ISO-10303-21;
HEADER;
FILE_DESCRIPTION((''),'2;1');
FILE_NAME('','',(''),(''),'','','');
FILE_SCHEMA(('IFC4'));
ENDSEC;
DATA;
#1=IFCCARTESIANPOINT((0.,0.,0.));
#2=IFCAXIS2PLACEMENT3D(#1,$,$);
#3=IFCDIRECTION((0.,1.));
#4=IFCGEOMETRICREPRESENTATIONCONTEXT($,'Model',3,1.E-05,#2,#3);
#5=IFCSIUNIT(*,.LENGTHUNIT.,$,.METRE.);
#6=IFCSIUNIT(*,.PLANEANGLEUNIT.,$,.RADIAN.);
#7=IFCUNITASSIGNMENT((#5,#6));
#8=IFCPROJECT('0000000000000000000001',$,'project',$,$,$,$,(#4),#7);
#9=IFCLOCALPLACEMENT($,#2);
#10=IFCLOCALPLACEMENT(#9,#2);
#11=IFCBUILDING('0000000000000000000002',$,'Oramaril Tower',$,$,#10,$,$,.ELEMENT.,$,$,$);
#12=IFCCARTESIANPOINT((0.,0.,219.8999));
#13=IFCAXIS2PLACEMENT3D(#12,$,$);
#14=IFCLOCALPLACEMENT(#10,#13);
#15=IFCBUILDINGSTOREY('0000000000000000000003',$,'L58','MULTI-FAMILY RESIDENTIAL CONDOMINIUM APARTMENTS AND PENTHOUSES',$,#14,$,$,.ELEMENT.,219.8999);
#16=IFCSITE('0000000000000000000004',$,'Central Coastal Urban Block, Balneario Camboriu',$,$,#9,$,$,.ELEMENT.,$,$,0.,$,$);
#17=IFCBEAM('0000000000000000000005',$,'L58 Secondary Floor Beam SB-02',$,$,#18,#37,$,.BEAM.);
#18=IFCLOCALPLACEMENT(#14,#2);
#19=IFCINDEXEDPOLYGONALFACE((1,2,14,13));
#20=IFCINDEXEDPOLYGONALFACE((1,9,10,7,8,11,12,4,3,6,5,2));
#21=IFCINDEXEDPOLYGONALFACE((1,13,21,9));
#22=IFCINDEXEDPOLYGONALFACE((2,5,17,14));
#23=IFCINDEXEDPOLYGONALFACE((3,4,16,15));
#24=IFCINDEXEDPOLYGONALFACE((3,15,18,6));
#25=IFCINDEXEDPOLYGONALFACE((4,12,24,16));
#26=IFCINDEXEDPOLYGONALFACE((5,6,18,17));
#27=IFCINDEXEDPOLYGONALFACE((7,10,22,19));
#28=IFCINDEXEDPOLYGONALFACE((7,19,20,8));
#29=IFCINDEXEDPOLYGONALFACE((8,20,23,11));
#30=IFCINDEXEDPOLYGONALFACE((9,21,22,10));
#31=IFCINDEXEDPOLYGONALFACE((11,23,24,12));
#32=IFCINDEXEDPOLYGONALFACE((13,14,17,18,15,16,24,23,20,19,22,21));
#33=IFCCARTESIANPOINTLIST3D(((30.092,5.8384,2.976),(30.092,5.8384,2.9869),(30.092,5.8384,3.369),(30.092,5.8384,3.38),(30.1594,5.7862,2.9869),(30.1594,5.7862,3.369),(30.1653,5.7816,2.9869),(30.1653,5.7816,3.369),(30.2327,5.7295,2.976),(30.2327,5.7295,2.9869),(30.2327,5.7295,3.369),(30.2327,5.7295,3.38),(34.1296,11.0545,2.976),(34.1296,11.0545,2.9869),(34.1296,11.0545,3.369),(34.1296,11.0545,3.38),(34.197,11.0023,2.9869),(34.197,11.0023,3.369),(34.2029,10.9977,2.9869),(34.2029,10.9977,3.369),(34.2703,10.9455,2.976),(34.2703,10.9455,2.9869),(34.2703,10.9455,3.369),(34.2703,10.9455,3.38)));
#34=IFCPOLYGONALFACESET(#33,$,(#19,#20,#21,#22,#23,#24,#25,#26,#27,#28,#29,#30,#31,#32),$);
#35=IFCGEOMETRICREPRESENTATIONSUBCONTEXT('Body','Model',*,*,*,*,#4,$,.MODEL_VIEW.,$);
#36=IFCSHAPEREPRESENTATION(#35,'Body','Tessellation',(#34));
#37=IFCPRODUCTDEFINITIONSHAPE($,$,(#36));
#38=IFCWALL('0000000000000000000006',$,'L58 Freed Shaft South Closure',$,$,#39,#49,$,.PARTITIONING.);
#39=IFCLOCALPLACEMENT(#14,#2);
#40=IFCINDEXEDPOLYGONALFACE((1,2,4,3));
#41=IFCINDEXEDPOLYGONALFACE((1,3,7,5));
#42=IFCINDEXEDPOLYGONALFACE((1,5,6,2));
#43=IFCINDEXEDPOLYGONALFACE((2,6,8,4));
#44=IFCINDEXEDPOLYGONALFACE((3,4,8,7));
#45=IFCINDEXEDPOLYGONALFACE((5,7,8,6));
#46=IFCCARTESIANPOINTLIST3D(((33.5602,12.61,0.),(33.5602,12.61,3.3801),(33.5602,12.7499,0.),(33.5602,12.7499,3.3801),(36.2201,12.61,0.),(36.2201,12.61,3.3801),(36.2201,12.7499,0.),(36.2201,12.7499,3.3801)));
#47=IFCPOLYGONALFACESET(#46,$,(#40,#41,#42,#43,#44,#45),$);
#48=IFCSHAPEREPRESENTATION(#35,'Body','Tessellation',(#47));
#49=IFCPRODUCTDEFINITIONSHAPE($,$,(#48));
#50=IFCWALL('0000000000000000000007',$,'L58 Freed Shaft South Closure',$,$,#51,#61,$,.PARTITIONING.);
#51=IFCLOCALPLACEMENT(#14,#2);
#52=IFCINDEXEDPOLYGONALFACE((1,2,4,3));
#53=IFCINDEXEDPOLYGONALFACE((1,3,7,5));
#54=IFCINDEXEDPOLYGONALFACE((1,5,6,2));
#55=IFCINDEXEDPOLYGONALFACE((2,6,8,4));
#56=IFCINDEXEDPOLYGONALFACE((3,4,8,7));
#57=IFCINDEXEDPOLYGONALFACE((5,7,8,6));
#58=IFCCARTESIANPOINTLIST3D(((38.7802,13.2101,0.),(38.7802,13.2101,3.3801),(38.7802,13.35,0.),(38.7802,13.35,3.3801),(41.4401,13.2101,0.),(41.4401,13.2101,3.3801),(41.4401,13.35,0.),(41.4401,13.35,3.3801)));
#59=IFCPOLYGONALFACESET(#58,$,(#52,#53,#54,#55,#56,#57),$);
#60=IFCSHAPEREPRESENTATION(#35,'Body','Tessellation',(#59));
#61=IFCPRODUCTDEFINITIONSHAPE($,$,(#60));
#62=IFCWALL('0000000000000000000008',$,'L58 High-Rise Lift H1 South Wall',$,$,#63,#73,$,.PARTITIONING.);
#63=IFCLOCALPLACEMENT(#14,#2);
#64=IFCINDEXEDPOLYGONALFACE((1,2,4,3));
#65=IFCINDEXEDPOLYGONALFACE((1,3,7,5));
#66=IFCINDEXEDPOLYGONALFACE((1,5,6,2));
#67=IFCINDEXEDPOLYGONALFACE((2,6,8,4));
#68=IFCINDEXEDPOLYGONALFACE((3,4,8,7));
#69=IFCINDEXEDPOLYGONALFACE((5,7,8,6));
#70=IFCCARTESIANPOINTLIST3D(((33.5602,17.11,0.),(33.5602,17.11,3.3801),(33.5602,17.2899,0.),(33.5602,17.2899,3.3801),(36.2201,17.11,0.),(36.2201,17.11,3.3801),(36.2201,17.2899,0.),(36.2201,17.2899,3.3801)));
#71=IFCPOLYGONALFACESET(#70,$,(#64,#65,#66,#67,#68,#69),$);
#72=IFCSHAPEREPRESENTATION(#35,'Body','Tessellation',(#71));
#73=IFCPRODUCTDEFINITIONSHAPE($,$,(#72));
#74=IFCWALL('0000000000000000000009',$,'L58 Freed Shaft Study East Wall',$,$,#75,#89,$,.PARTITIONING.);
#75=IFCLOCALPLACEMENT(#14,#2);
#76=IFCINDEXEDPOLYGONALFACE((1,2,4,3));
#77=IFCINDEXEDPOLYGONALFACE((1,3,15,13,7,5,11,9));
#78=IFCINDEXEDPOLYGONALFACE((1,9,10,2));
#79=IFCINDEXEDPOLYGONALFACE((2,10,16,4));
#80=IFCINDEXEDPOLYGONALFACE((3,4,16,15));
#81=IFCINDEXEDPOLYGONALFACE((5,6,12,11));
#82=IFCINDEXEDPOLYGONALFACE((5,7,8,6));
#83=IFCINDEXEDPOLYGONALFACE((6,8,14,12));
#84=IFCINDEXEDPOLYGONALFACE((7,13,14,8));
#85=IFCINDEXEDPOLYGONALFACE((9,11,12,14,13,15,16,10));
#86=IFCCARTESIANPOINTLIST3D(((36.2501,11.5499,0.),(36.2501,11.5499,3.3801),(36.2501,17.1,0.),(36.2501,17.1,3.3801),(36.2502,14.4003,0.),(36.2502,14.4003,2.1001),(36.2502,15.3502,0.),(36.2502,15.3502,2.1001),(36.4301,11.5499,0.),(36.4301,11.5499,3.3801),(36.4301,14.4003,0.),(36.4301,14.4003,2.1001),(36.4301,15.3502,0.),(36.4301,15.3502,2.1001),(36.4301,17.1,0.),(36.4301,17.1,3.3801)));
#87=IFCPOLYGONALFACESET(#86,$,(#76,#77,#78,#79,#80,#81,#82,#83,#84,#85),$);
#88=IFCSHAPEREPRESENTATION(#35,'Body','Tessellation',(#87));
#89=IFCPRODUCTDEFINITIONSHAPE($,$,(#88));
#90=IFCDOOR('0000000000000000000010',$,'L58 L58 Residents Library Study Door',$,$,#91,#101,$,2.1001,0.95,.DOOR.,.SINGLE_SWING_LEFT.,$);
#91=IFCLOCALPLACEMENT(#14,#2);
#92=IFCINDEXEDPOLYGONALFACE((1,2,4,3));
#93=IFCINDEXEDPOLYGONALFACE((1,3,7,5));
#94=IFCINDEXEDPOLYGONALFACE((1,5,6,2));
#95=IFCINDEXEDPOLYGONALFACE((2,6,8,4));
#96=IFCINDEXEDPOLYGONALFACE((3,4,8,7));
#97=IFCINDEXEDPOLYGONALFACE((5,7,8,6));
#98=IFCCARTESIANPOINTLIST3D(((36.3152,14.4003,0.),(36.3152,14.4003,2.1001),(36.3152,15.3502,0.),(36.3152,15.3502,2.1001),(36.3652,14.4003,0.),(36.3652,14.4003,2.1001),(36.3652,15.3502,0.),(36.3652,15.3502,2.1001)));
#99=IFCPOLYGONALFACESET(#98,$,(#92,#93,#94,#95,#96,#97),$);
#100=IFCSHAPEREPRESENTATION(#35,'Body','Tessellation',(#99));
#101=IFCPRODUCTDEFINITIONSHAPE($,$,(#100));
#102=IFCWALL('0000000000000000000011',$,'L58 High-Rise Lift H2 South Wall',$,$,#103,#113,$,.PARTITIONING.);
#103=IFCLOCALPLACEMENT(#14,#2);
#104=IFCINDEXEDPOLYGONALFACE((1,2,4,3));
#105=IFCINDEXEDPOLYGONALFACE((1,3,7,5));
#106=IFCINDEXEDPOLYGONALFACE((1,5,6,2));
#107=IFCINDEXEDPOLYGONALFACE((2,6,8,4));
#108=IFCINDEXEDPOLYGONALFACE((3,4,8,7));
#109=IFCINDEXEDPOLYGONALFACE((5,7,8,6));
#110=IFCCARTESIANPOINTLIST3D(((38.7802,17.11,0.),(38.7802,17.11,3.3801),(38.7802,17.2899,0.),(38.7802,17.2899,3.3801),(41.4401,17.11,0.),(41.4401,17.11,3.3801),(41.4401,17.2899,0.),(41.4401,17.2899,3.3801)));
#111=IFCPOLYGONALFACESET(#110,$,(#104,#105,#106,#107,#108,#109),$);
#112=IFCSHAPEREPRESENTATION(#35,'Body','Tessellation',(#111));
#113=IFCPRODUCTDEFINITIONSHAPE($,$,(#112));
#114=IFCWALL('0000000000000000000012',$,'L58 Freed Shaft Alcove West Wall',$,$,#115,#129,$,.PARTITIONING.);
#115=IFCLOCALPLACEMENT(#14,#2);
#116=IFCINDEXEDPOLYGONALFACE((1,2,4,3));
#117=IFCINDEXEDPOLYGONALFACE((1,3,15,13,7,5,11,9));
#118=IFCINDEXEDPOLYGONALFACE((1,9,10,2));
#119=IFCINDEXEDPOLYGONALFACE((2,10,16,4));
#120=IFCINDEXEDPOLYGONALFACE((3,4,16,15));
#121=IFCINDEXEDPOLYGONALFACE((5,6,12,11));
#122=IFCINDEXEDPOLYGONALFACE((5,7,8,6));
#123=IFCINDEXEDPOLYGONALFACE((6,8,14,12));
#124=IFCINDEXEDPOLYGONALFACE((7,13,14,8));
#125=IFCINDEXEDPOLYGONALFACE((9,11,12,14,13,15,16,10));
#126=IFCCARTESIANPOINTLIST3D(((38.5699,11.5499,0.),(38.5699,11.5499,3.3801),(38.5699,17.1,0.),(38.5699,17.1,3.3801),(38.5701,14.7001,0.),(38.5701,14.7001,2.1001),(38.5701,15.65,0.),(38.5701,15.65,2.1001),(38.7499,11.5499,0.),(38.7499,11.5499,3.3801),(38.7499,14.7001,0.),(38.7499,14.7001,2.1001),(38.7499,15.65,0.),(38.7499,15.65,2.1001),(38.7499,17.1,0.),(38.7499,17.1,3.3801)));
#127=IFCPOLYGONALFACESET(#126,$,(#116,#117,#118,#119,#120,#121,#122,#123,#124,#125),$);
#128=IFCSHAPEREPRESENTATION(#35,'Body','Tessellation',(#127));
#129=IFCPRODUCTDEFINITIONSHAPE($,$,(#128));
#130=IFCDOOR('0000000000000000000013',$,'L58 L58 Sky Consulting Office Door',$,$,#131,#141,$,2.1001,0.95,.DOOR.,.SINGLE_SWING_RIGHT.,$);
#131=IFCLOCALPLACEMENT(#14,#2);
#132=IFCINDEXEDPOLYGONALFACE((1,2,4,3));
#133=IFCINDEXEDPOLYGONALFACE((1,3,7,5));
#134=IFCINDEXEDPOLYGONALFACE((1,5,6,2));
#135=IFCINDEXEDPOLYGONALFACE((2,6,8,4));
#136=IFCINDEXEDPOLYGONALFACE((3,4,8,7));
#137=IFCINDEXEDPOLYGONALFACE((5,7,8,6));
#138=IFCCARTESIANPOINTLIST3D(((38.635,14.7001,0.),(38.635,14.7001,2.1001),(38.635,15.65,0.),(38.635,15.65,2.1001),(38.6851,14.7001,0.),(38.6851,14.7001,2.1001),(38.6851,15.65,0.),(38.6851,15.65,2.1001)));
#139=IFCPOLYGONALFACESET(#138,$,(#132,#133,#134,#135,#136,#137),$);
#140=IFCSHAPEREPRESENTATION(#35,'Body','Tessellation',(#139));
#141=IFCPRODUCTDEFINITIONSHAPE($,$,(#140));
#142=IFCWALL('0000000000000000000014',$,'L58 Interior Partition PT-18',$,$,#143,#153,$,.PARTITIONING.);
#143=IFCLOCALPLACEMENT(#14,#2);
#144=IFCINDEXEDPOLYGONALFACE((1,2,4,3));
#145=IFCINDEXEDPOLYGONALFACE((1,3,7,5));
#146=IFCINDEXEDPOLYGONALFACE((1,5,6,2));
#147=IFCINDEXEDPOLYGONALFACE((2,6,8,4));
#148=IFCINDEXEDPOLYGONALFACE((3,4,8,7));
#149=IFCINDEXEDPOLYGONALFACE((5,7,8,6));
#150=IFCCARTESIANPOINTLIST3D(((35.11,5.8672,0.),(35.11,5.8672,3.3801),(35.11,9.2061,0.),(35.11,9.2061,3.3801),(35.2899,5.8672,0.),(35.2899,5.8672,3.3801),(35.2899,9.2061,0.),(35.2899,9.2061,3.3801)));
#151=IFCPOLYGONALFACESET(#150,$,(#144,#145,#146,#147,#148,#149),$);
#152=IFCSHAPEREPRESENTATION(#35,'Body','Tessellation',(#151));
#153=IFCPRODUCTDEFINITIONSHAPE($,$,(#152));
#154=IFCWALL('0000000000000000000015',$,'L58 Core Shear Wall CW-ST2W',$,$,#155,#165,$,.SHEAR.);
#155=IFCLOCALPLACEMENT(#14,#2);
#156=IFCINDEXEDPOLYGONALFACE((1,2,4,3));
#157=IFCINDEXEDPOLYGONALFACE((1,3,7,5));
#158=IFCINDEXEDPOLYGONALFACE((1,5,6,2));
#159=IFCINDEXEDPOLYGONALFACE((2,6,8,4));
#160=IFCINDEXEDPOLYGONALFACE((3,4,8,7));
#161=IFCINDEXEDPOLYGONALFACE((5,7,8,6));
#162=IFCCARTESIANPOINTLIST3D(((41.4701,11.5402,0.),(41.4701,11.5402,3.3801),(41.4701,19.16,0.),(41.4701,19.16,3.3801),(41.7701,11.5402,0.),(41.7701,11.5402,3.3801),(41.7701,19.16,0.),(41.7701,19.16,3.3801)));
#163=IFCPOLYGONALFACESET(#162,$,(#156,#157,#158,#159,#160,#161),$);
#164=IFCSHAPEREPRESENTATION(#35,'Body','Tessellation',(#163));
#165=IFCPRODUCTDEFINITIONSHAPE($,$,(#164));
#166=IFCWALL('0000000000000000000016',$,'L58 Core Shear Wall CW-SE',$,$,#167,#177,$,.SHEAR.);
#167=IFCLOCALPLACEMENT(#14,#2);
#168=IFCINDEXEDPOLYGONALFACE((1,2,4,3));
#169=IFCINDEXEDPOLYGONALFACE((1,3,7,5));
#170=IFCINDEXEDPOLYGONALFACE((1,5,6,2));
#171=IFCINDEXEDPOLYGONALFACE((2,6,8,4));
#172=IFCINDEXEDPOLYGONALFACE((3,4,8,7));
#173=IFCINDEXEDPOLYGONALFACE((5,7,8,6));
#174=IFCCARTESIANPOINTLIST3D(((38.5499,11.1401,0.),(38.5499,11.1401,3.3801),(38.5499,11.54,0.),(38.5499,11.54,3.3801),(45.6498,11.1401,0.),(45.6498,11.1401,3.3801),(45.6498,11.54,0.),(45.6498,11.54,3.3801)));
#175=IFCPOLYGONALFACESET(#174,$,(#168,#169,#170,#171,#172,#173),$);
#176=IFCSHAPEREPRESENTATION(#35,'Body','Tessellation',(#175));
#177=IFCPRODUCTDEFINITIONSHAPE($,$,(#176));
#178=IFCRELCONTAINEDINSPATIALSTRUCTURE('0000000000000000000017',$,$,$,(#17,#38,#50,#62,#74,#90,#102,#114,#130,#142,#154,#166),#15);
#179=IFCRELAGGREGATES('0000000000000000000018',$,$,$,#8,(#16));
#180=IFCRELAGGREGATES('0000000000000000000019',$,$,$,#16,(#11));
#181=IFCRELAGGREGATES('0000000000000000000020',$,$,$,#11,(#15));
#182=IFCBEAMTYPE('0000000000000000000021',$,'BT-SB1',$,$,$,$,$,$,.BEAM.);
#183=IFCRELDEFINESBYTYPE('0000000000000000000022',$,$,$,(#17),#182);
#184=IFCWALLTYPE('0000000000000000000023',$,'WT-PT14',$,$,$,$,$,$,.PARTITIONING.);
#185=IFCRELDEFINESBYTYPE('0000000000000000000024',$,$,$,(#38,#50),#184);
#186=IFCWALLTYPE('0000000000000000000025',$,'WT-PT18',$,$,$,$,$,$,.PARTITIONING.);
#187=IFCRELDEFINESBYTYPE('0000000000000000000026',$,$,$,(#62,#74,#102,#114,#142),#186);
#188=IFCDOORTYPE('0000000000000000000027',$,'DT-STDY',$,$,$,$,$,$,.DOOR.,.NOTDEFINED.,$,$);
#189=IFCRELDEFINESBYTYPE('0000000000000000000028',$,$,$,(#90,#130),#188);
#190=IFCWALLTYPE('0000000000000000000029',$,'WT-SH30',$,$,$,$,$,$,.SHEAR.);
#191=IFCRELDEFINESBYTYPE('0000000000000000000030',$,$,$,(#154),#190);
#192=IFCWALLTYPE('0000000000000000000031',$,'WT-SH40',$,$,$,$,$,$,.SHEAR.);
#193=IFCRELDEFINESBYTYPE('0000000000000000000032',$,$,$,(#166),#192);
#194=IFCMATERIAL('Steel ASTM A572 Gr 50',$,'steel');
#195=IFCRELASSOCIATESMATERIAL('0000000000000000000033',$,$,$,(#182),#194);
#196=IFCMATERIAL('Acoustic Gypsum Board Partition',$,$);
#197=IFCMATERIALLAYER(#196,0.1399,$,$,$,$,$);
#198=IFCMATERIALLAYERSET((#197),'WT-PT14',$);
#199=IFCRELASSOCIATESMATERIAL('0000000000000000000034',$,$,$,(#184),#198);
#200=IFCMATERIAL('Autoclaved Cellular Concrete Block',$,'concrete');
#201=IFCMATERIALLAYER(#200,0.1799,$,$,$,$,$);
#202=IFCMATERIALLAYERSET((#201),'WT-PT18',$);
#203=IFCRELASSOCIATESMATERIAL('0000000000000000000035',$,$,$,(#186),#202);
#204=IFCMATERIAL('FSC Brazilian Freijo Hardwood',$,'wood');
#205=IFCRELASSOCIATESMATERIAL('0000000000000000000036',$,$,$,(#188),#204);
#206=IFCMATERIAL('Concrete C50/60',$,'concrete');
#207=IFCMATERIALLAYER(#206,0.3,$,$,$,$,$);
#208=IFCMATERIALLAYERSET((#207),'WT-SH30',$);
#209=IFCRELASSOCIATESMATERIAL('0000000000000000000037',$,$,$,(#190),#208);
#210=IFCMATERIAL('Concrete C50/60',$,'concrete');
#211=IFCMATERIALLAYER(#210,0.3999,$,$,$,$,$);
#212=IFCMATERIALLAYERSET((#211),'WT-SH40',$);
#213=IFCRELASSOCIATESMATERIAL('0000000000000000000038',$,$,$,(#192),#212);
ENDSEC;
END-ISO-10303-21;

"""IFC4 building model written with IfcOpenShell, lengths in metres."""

from ifc_helpers import new_model, si_unit, direction, frame, frame_2d, origin, origin_2d, place, context, subcontext, project, spatial, rectangle, i_section, extrude, material, layer, layer_set, material_profile, profile_set, type_object, element, fill, save


model = new_model("IFC4")

# Units and contexts
model_context = context("Model", 3, precision=1e-05, world=origin(), true_north=direction((0.0, 1.0)))
body_context = subcontext(model_context, "Body", "Model", "MODEL_VIEW")
ifc_project = project(units=[si_unit("LENGTHUNIT", "METRE"), si_unit("PLANEANGLEUNIT", "RADIAN")], contexts=[model_context])

# Site, building, storey
site_placement = place(None, origin())
site = spatial("IfcSite", under=ifc_project, at=site_placement, Name="Central Coastal Urban Block, Balneario Camboriu", CompositionType="ELEMENT", RefElevation=0.0)
building_placement = place(site_placement, origin())
building = spatial("IfcBuilding", under=site, at=building_placement, Name="Oramaril Tower", CompositionType="ELEMENT")
storey_placement = place(building_placement, frame((0.0, 0.0, 219.8999)))
storey = spatial("IfcBuildingStorey", under=building, at=storey_placement, Name="L58", Description="MULTI-FAMILY RESIDENTIAL CONDOMINIUM APARTMENTS AND PENTHOUSES", CompositionType="ELEMENT", Elevation=219.8999)

# Beam
ifc_material_1 = material(Name="Steel ASTM A572 Gr 50", Category="steel")
ifc_material_profile = material_profile(ifc_material_1, i_section(OverallWidth=0.178, OverallDepth=0.4041, WebThickness=0.0076, FlangeThickness=0.011, at=origin_2d()), Name="W16X36")
ifc_profile_set = profile_set([ifc_material_profile], Name="Steel ASTM A572 Gr 50")
beam_type = type_object("IfcBeamType", Name="BT-SB1", PredefinedType="BEAM", material=ifc_profile_set)
beam_placement = place(storey_placement, frame((34.2, 11.0, 3.178), z_axis=(-0.612112, -0.790771, 0.0), x_axis=(0.790771, -0.612112, 0.0)))
element("IfcBeam", 1, at=beam_placement, inside=storey, type_object=beam_type, Name="L58 Secondary Floor Beam SB-02", PredefinedType="BEAM", context=body_context, shape_type="SweptSolid", body=[
    extrude(i_section(OverallWidth=0.178, OverallDepth=0.4041, WebThickness=0.0076, FlangeThickness=0.011, at=origin_2d()), origin(), (0.0, 0.0, 1.0), 6.5962),
])

# Walls
ifc_material_2 = material(Name="Acoustic Gypsum Board Partition")
ifc_layer_1 = layer(ifc_material_2, 0.1399)
ifc_layer_set_1 = layer_set([ifc_layer_1], Name="WT-PT14")
wall_type_1 = type_object("IfcWallType", Name="WT-PT14", PredefinedType="PARTITIONING", material=ifc_layer_set_1)
for number, where, z_axis, x_axis, name in (
    (2, (33.5601, 12.6799, 0.0), (0.0, 0.0, 1.0), (1.0, 0.0, 0.0), "L58 Freed Shaft South Closure"),
    (3, (38.78, 13.28, 0.0), (0.0, 0.0, 1.0), (1.0, 0.0, 0.0), "L58 Freed Shaft South Closure"),
):
    element("IfcWall", number, at=place(storey_placement, frame(where, z_axis=z_axis, x_axis=x_axis)), inside=storey, type_object=wall_type_1, Name=name, PredefinedType="PARTITIONING", context=body_context, shape_type="SweptSolid", body=[
        extrude(rectangle(XDim=2.6599, YDim=0.1399, at=frame_2d((1.3301, 0.0))), origin(), (0.0, 0.0, 1.0), 3.3801),
    ])
ifc_material_3 = material(Name="Autoclaved Cellular Concrete Block", Category="concrete")
ifc_layer_2 = layer(ifc_material_3, 0.1799)
ifc_layer_set_2 = layer_set([ifc_layer_2], Name="WT-PT18")
wall_type_2 = type_object("IfcWallType", Name="WT-PT18", PredefinedType="PARTITIONING", material=ifc_layer_set_2)
wall_1_placement = place(storey_placement, frame((33.5601, 17.2, 0.0), z_axis=(0.0, 0.0, 1.0), x_axis=(1.0, 0.0, 0.0)))
element("IfcWall", 4, at=wall_1_placement, inside=storey, type_object=wall_type_2, Name="L58 High-Rise Lift H1 South Wall", PredefinedType="PARTITIONING", context=body_context, shape_type="SweptSolid", body=[
    extrude(rectangle(XDim=2.6599, YDim=0.1799, at=frame_2d((1.3301, 0.0))), origin(), (0.0, 0.0, 1.0), 3.3801),
])

# Wall, opening, door
wall_2_placement = place(storey_placement, frame((36.3401, 11.55, 0.0), z_axis=(0.0, 0.0, 1.0), x_axis=(0.0, 1.0, 0.0)))
wall_2 = element("IfcWall", 5, at=wall_2_placement, inside=storey, type_object=wall_type_2, Name="L58 Freed Shaft Study East Wall", PredefinedType="PARTITIONING", context=body_context, shape_type="SweptSolid", body=[
    extrude(rectangle(XDim=5.55, YDim=0.1799, at=frame_2d((2.7749, 0.0))), origin(), (0.0, 0.0, 1.0), 3.3801),
])
opening_1_placement = place(wall_2_placement, frame((2.8501, 0.0, 0.0)))
opening_1 = element("IfcOpeningElement", 6, at=opening_1_placement, cuts=wall_2, PredefinedType="OPENING", context=body_context, shape_type="SweptSolid", body=[
    extrude(rectangle(XDim=0.95, YDim=2.1001, at=frame_2d((0.4751, 1.05))), frame((0.0, 0.0898, 0.0), z_axis=(0.0, -1.0, 0.0), x_axis=(1.0, 0.0, 0.0)), (0.0, 0.0, 1.0), 0.1799),
])
ifc_material_4 = material(Name="FSC Brazilian Freijo Hardwood", Category="wood")
door_type_1 = type_object("IfcDoorType", Name="DT-STDY", OperationType="NOTDEFINED", PredefinedType="DOOR", material=ifc_material_4)
door_1_placement = place(opening_1_placement, origin())
door_1 = element("IfcDoor", 7, at=door_1_placement, inside=storey, type_object=door_type_1, Name="L58 L58 Residents Library Study Door", OperationType="SINGLE_SWING_LEFT", OverallHeight=2.1001, OverallWidth=0.95, PredefinedType="DOOR", context=body_context, shape_type="SweptSolid", body=[
    extrude(rectangle(XDim=0.95, YDim=2.1001, at=frame_2d((0.4751, 1.05))), frame((0.0, 0.0249, 0.0), z_axis=(0.0, -1.0, 0.0), x_axis=(1.0, 0.0, 0.0)), (0.0, 0.0, 1.0), 0.05),
])
fill(opening_1, door_1)

# Wall
wall_3_placement = place(storey_placement, frame((38.78, 17.2, 0.0), z_axis=(0.0, 0.0, 1.0), x_axis=(1.0, 0.0, 0.0)))
element("IfcWall", 8, at=wall_3_placement, inside=storey, type_object=wall_type_2, Name="L58 High-Rise Lift H2 South Wall", PredefinedType="PARTITIONING", context=body_context, shape_type="SweptSolid", body=[
    extrude(rectangle(XDim=2.6599, YDim=0.1799, at=frame_2d((1.3301, 0.0))), origin(), (0.0, 0.0, 1.0), 3.3801),
])

# Wall, opening, door
wall_4_placement = place(storey_placement, frame((38.6599, 11.55, 0.0), z_axis=(0.0, 0.0, 1.0), x_axis=(0.0, 1.0, 0.0)))
wall_4 = element("IfcWall", 9, at=wall_4_placement, inside=storey, type_object=wall_type_2, Name="L58 Freed Shaft Alcove West Wall", PredefinedType="PARTITIONING", context=body_context, shape_type="SweptSolid", body=[
    extrude(rectangle(XDim=5.55, YDim=0.1799, at=frame_2d((2.7749, 0.0))), origin(), (0.0, 0.0, 1.0), 3.3801),
])
opening_2_placement = place(wall_4_placement, frame((3.1499, 0.0, 0.0)))
opening_2 = element("IfcOpeningElement", 10, at=opening_2_placement, cuts=wall_4, PredefinedType="OPENING", context=body_context, shape_type="SweptSolid", body=[
    extrude(rectangle(XDim=0.95, YDim=2.1001, at=frame_2d((0.4751, 1.05))), frame((0.0, 0.0898, 0.0), z_axis=(0.0, -1.0, 0.0), x_axis=(1.0, 0.0, 0.0)), (0.0, 0.0, 1.0), 0.1799),
])
door_2_placement = place(opening_2_placement, origin())
door_2 = element("IfcDoor", 11, at=door_2_placement, inside=storey, type_object=door_type_1, Name="L58 L58 Sky Consulting Office Door", OperationType="SINGLE_SWING_RIGHT", OverallHeight=2.1001, OverallWidth=0.95, PredefinedType="DOOR", context=body_context, shape_type="SweptSolid", body=[
    extrude(rectangle(XDim=0.95, YDim=2.1001, at=frame_2d((0.4751, 1.05))), frame((0.0, 0.0249, 0.0), z_axis=(0.0, -1.0, 0.0), x_axis=(1.0, 0.0, 0.0)), (0.0, 0.0, 1.0), 0.05),
])
fill(opening_2, door_2)

# Walls
wall_5_placement = place(storey_placement, frame((35.2, 5.8672, 0.0), z_axis=(0.0, 0.0, 1.0), x_axis=(0.0, 1.0, 0.0)))
element("IfcWall", 12, at=wall_5_placement, inside=storey, type_object=wall_type_2, Name="L58 Interior Partition PT-18", PredefinedType="PARTITIONING", context=body_context, shape_type="SweptSolid", body=[
    extrude(rectangle(XDim=3.3389, YDim=0.1799, at=frame_2d((1.6694, 0.0))), origin(), (0.0, 0.0, 1.0), 3.3801),
])
ifc_material_5 = material(Name="Concrete C50/60", Category="concrete")
ifc_layer_3 = layer(ifc_material_5, 0.3)
ifc_layer_set_3 = layer_set([ifc_layer_3], Name="WT-SH30")
wall_type_3 = type_object("IfcWallType", Name="WT-SH30", PredefinedType="SHEAR", material=ifc_layer_set_3)
wall_6_placement = place(storey_placement, frame((41.6201, 11.54, 0.0), z_axis=(0.0, 0.0, 1.0), x_axis=(0.0, 1.0, 0.0)))
element("IfcWall", 13, at=wall_6_placement, inside=storey, type_object=wall_type_3, Name="L58 Core Shear Wall CW-ST2W", PredefinedType="SHEAR", context=body_context, shape_type="SweptSolid", body=[
    extrude(rectangle(XDim=7.6199, YDim=0.3, at=frame_2d((3.8101, 0.0))), origin(), (0.0, 0.0, 1.0), 3.3801),
])
ifc_material_6 = material(Name="Concrete C50/60", Category="concrete")
ifc_layer_4 = layer(ifc_material_6, 0.3999)
ifc_layer_set_4 = layer_set([ifc_layer_4], Name="WT-SH40")
wall_type_4 = type_object("IfcWallType", Name="WT-SH40", PredefinedType="SHEAR", material=ifc_layer_set_4)
wall_7_placement = place(storey_placement, frame((38.55, 11.3401, 0.0), z_axis=(0.0, 0.0, 1.0), x_axis=(1.0, 0.0, 0.0)))
element("IfcWall", 14, at=wall_7_placement, inside=storey, type_object=wall_type_4, Name="L58 Core Shear Wall CW-SE", PredefinedType="SHEAR", context=body_context, shape_type="SweptSolid", body=[
    extrude(rectangle(XDim=7.0999, YDim=0.3999, at=frame_2d((3.5498, 0.0))), origin(), (0.0, 0.0, 1.0), 3.3801),
])

save(model, "model.ifc")
